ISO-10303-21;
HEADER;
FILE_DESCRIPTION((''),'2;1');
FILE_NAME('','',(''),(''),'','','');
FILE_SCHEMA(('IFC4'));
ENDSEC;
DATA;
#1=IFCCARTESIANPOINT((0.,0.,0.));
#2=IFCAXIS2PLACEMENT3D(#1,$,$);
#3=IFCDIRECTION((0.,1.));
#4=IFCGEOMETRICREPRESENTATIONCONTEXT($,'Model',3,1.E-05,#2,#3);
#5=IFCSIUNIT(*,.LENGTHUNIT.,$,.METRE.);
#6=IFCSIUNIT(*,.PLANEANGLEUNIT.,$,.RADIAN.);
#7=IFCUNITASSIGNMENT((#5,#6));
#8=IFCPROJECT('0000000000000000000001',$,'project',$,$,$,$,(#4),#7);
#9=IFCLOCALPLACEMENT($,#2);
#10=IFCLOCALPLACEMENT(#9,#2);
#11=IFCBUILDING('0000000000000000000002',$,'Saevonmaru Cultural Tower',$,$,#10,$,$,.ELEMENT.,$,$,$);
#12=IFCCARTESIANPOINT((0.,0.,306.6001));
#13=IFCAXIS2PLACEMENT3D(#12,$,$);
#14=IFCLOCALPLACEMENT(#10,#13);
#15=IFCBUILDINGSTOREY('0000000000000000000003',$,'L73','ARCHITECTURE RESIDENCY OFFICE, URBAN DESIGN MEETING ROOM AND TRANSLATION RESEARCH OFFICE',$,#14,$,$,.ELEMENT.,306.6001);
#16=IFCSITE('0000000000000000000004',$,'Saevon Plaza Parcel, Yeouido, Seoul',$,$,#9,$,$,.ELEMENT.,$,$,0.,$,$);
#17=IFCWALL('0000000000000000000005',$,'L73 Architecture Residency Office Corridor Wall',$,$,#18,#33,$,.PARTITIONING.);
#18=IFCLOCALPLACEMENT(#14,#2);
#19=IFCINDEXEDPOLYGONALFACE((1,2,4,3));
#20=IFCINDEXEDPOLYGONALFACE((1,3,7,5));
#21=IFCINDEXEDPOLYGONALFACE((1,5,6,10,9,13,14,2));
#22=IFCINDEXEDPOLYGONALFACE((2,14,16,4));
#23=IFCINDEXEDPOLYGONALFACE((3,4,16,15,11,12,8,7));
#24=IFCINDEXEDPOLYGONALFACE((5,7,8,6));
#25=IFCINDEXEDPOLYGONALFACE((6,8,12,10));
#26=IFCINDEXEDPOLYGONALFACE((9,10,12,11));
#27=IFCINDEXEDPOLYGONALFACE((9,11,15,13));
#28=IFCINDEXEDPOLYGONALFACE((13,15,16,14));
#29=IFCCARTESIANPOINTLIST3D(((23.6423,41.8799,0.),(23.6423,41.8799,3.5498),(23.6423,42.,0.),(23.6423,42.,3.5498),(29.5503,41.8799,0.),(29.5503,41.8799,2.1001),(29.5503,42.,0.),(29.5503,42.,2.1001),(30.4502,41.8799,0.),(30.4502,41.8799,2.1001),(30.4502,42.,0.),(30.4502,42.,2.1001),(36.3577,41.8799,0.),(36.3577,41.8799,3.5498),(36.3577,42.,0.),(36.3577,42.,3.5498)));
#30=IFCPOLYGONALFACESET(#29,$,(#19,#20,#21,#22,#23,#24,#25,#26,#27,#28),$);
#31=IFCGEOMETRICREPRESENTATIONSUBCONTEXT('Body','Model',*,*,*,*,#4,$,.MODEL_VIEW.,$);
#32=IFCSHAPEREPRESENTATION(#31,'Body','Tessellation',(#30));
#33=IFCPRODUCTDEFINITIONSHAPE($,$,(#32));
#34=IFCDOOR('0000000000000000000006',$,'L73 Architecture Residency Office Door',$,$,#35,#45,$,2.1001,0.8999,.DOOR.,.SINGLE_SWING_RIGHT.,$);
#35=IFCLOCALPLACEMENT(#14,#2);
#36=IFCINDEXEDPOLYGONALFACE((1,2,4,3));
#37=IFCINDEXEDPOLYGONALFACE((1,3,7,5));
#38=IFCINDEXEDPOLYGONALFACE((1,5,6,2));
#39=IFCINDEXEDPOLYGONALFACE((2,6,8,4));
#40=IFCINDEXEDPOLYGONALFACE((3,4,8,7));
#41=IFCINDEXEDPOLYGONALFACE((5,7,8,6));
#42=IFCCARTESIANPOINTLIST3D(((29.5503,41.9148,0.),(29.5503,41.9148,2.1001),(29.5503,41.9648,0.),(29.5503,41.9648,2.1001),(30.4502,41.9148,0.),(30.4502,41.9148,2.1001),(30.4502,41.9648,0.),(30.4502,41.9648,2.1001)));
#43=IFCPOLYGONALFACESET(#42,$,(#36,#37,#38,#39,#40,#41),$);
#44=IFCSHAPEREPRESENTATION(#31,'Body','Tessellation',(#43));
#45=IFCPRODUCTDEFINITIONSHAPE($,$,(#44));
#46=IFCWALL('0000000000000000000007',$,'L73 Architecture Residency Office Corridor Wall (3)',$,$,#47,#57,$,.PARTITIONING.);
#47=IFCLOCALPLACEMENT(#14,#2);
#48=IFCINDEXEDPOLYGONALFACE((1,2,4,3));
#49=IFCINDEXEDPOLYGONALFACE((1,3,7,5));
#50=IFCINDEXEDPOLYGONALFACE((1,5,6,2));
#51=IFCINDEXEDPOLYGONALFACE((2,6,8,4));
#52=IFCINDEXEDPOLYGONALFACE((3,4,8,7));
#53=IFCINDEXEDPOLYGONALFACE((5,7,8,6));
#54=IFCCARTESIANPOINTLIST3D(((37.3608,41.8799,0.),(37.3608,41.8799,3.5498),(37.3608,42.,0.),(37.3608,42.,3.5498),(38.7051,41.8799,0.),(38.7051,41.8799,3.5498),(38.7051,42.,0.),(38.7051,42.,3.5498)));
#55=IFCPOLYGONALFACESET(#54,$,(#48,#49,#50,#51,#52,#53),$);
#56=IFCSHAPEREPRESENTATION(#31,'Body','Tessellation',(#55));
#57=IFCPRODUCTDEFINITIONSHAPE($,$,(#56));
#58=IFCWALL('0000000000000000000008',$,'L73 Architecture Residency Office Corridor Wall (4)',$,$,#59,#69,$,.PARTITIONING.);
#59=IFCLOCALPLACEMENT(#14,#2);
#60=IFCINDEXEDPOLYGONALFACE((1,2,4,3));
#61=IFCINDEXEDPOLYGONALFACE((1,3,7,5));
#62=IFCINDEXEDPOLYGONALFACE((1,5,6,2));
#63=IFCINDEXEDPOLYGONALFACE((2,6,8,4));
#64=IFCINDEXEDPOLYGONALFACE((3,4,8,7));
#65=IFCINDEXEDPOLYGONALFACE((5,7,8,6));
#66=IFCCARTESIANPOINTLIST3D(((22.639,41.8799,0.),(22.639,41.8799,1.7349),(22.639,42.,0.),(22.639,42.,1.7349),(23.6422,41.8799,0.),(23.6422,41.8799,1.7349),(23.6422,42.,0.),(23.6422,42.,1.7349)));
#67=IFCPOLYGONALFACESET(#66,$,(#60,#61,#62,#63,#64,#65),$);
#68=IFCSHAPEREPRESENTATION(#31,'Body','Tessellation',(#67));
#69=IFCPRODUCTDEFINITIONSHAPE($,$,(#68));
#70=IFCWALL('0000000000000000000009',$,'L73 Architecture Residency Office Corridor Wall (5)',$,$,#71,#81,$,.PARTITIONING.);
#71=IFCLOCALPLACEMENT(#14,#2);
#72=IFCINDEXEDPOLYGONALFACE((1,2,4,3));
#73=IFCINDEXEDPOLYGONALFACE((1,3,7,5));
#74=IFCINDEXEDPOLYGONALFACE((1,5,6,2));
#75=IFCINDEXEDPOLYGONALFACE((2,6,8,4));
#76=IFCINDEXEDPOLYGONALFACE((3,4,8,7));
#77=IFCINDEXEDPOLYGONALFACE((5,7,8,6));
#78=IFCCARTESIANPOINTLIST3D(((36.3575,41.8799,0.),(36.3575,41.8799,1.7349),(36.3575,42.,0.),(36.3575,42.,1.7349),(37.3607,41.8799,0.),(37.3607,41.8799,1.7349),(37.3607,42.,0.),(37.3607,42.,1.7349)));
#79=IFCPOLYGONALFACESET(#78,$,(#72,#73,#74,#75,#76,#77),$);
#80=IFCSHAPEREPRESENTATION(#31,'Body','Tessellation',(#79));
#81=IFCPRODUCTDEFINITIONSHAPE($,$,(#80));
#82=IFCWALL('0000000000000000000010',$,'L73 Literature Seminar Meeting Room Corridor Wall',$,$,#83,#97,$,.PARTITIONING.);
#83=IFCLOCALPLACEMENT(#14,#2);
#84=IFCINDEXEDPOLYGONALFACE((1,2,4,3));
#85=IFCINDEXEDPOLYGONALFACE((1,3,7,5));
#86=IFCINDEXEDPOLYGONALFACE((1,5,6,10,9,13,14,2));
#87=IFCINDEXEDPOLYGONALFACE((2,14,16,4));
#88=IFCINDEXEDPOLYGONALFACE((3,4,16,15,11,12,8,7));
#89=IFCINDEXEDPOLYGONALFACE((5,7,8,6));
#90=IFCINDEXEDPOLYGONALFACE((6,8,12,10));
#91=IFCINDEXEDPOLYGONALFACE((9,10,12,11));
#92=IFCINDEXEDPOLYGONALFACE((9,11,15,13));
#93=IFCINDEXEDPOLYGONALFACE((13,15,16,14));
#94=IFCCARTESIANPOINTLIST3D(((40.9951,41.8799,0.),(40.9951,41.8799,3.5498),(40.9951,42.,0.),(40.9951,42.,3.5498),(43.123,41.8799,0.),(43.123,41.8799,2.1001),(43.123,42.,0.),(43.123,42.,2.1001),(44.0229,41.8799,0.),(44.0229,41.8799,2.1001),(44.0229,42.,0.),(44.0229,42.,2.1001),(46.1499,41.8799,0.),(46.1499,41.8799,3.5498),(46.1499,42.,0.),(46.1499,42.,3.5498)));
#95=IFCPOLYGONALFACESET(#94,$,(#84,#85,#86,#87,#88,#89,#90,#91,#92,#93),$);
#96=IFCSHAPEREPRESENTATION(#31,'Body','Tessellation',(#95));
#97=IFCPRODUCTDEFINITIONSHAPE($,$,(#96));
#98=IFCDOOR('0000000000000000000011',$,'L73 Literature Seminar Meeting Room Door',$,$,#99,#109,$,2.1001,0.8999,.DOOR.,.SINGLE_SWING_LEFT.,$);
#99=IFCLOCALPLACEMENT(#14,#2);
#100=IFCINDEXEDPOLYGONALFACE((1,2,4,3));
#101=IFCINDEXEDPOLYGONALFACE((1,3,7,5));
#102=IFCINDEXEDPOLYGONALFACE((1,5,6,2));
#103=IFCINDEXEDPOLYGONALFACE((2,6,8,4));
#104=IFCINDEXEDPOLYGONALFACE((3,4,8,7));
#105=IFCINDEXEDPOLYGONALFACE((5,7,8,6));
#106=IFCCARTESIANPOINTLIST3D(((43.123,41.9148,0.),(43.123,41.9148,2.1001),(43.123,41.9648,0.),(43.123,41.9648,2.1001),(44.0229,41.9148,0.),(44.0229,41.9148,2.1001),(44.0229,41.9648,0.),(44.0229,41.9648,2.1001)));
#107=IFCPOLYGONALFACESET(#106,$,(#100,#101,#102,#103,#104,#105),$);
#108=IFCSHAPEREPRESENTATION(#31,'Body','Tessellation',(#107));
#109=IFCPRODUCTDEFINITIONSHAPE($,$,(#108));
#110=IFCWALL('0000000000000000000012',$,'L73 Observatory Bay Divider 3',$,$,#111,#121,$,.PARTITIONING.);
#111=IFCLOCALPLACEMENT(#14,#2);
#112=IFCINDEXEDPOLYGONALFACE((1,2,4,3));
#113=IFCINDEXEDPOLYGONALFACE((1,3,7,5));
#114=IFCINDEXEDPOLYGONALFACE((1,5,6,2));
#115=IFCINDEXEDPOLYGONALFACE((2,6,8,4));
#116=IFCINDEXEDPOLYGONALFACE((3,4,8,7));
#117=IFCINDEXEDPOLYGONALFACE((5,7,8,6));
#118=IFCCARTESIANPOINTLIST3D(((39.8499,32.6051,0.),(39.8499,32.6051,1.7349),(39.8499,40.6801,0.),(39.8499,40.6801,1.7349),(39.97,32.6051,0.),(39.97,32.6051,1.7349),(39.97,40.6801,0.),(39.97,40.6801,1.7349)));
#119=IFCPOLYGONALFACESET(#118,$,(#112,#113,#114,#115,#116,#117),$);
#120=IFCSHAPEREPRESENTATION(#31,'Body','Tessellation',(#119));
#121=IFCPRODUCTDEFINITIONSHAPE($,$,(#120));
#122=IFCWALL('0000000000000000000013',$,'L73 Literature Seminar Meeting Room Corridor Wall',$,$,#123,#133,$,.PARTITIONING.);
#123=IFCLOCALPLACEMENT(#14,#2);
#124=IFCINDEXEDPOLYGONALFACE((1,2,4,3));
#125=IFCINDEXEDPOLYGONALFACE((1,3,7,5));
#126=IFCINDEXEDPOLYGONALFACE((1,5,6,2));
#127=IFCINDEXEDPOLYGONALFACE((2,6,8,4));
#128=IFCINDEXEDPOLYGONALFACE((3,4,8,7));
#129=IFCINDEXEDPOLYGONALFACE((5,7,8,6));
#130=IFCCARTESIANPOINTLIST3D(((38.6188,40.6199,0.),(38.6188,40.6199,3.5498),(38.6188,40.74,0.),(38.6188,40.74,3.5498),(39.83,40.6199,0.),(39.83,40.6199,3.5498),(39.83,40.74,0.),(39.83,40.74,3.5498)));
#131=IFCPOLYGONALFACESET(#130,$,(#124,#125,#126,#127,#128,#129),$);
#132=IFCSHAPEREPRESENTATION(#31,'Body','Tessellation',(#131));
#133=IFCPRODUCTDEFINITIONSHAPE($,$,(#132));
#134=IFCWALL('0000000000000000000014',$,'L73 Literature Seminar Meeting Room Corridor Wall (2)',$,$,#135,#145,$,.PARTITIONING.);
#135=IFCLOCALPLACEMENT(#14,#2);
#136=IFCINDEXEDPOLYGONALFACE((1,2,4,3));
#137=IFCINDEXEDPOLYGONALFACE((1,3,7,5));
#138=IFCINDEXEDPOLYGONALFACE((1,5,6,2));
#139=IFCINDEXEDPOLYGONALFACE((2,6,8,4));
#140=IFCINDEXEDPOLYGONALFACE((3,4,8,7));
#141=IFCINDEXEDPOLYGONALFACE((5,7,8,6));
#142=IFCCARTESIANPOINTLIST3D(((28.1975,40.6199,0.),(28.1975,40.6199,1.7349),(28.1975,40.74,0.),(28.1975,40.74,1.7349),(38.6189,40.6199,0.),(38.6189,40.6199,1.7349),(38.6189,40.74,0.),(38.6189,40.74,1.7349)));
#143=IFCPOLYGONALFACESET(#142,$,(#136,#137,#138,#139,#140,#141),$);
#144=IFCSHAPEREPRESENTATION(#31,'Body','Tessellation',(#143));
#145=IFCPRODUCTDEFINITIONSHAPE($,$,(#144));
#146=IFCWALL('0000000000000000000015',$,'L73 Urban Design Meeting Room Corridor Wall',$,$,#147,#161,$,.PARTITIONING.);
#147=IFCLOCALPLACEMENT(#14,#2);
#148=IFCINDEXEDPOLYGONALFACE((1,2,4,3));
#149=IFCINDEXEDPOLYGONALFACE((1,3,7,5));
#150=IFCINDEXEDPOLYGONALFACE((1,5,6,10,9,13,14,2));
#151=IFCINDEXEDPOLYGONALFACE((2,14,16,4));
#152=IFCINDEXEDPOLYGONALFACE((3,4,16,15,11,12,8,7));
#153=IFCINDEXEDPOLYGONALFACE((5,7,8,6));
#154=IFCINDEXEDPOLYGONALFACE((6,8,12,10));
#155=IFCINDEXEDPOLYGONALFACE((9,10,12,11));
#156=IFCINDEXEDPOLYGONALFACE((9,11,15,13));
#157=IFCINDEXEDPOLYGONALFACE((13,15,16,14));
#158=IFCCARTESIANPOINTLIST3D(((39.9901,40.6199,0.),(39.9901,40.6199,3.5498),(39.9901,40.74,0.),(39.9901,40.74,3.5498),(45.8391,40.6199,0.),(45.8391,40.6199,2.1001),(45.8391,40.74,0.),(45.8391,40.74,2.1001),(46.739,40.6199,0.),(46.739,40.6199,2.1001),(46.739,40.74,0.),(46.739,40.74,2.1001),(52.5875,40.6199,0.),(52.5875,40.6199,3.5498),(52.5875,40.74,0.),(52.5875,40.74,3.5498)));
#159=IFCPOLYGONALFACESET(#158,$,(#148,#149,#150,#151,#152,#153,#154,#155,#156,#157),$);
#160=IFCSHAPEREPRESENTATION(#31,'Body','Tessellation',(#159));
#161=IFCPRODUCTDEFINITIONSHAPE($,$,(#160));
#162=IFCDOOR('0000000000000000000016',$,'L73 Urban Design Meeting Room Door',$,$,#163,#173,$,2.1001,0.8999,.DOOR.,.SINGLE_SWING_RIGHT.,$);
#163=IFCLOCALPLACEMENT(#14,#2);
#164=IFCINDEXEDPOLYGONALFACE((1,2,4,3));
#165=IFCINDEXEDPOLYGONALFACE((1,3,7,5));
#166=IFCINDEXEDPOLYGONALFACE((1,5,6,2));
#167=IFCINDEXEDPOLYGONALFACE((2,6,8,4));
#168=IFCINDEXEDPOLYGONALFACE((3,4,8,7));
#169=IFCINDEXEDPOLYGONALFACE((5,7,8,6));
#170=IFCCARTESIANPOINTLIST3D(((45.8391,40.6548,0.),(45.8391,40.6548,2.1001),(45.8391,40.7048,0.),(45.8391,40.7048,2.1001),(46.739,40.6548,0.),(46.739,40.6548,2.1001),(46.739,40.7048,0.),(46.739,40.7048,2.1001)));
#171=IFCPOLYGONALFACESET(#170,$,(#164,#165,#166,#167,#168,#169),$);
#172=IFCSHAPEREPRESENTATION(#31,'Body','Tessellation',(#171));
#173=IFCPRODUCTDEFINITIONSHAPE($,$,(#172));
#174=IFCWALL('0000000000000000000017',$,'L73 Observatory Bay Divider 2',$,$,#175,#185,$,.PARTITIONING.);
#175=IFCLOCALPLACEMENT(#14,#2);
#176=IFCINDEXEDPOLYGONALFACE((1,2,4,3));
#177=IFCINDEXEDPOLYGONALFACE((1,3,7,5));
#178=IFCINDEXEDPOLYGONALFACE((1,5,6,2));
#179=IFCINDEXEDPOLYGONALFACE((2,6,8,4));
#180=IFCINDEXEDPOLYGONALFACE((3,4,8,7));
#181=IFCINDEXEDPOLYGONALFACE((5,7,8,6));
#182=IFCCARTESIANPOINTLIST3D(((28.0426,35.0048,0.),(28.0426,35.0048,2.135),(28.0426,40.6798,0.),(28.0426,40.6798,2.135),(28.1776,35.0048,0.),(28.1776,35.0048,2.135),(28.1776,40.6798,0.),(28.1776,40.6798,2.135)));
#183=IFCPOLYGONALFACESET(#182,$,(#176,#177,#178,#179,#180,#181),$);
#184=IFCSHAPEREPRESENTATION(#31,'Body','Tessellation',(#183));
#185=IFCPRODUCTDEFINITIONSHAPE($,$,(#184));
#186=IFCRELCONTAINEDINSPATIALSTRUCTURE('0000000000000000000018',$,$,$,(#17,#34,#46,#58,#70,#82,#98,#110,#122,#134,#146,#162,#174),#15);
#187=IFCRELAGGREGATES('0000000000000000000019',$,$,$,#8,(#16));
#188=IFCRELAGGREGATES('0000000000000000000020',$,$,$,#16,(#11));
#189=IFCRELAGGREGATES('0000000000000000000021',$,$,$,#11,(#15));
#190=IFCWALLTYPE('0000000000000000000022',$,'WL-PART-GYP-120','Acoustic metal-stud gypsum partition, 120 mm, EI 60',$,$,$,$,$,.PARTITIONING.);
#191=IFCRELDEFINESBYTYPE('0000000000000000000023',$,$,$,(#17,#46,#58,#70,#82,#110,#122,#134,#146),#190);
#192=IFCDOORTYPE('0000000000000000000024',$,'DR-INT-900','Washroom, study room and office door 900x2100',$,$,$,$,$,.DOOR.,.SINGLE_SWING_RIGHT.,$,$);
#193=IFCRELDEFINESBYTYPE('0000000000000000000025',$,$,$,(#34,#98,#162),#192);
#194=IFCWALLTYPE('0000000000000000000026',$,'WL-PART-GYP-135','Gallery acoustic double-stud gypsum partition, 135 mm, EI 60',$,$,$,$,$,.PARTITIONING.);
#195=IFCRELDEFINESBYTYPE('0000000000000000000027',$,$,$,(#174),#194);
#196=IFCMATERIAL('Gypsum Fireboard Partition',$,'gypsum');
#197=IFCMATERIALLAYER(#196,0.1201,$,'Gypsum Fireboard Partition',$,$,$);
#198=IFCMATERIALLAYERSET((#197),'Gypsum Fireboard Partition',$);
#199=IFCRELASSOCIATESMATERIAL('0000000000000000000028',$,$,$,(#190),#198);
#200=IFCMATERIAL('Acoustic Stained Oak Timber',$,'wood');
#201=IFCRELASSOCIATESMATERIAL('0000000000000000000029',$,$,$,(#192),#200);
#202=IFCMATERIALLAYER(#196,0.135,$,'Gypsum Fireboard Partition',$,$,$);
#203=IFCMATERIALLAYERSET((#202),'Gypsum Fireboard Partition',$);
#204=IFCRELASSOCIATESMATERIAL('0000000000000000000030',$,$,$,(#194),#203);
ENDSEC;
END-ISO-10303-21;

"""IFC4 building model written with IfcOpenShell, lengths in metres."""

from ifc_helpers import new_model, si_unit, direction, frame, frame_2d, origin, place, context, subcontext, project, spatial, rectangle, extrude, material, layer, layer_set, type_object, element, fill, save


model = new_model("IFC4")

# Units and contexts
model_context = context("Model", 3, precision=1e-05, world=origin(), true_north=direction((0.0, 1.0)))
body_context = subcontext(model_context, "Body", "Model", "MODEL_VIEW")
ifc_project = project(units=[si_unit("LENGTHUNIT", "METRE"), si_unit("PLANEANGLEUNIT", "RADIAN")], contexts=[model_context])

# Site, building, storey
site_placement = place(None, origin())
site = spatial("IfcSite", under=ifc_project, at=site_placement, Name="Saevon Plaza Parcel, Yeouido, Seoul", CompositionType="ELEMENT", RefElevation=0.0)
building_placement = place(site_placement, origin())
building = spatial("IfcBuilding", under=site, at=building_placement, Name="Saevonmaru Cultural Tower", CompositionType="ELEMENT")
storey_placement = place(building_placement, frame((0.0, 0.0, 306.6001)))
storey = spatial("IfcBuildingStorey", under=building, at=storey_placement, Name="L73", Description="ARCHITECTURE RESIDENCY OFFICE, URBAN DESIGN MEETING ROOM AND TRANSLATION RESEARCH OFFICE", CompositionType="ELEMENT", Elevation=306.6001)

# Shared definitions
ifc_material_1 = material(Name="Gypsum Fireboard Partition", Category="gypsum")

# Wall, opening, door
ifc_layer_1 = layer(ifc_material_1, 0.1201, Name="Gypsum Fireboard Partition")
ifc_layer_set_1 = layer_set([ifc_layer_1], Name="Gypsum Fireboard Partition")
wall_type_1 = type_object("IfcWallType", Name="WL-PART-GYP-120", Description="Acoustic metal-stud gypsum partition, 120 mm, EI 60", PredefinedType="PARTITIONING", material=ifc_layer_set_1)
wall_1_placement = place(storey_placement, frame((23.6423, 41.9399, 0.0), z_axis=(0.0, 0.0, 1.0), x_axis=(1.0, 0.0, 0.0)))
wall_1 = element("IfcWall", 1, at=wall_1_placement, inside=storey, type_object=wall_type_1, Name="L73 Architecture Residency Office Corridor Wall", PredefinedType="PARTITIONING", context=body_context, shape_type="SweptSolid", body=[
    extrude(rectangle(XDim=12.7153, YDim=0.1201, at=frame_2d((6.3577, 0.0))), origin(), (0.0, 0.0, 1.0), 3.5498),
])
opening_1_placement = place(wall_1_placement, frame((5.908, 0.0, 0.0)))
opening_1 = element("IfcOpeningElement", 2, at=opening_1_placement, cuts=wall_1, PredefinedType="OPENING", context=body_context, shape_type="SweptSolid", body=[
    extrude(rectangle(XDim=0.8999, YDim=2.1001, at=frame_2d((0.45, 1.05))), frame((0.0, 0.0701, 0.0), z_axis=(0.0, -1.0, 0.0), x_axis=(1.0, 0.0, 0.0)), (0.0, 0.0, 1.0), 0.1401),
])
ifc_material_2 = material(Name="Acoustic Stained Oak Timber", Category="wood")
door_type = type_object("IfcDoorType", Name="DR-INT-900", Description="Washroom, study room and office door 900x2100", OperationType="SINGLE_SWING_RIGHT", PredefinedType="DOOR", material=ifc_material_2)
door_1_placement = place(opening_1_placement, origin())
door_1 = element("IfcDoor", 3, at=door_1_placement, inside=storey, type_object=door_type, Name="L73 Architecture Residency Office Door", OperationType="SINGLE_SWING_RIGHT", OverallHeight=2.1001, OverallWidth=0.8999, PredefinedType="DOOR", context=body_context, shape_type="SweptSolid", body=[
    extrude(rectangle(XDim=0.8999, YDim=2.1001, at=frame_2d((0.45, 1.05))), frame((0.0, 0.0249, 0.0), z_axis=(0.0, -1.0, 0.0), x_axis=(1.0, 0.0, 0.0)), (0.0, 0.0, 1.0), 0.05),
])
fill(opening_1, door_1)

# Walls
wall_2_placement = place(storey_placement, frame((37.3608, 41.9399, 0.0), z_axis=(0.0, 0.0, 1.0), x_axis=(1.0, 0.0, 0.0)))
element("IfcWall", 4, at=wall_2_placement, inside=storey, type_object=wall_type_1, Name="L73 Architecture Residency Office Corridor Wall (3)", PredefinedType="PARTITIONING", context=body_context, shape_type="SweptSolid", body=[
    extrude(rectangle(XDim=1.3442, YDim=0.1201, at=frame_2d((0.6721, 0.0))), origin(), (0.0, 0.0, 1.0), 3.5498),
])
for number, where, z_axis, x_axis, name in (
    (5, (22.6392, 41.9399, 0.0), (0.0, 0.0, 1.0), (1.0, 0.0, 0.0), "L73 Architecture Residency Office Corridor Wall (4)"),
    (6, (36.3577, 41.9399, 0.0), (0.0, 0.0, 1.0), (1.0, 0.0, 0.0), "L73 Architecture Residency Office Corridor Wall (5)"),
):
    element("IfcWall", number, at=place(storey_placement, frame(where, z_axis=z_axis, x_axis=x_axis)), inside=storey, type_object=wall_type_1, Name=name, PredefinedType="PARTITIONING", context=body_context, shape_type="SweptSolid", body=[
        extrude(rectangle(XDim=1.0032, YDim=0.1201, at=frame_2d((0.5015, 0.0))), origin(), (0.0, 0.0, 1.0), 1.7349),
    ])

# Wall, opening, door
wall_3_placement = place(storey_placement, frame((40.9951, 41.9399, 0.0), z_axis=(0.0, 0.0, 1.0), x_axis=(1.0, 0.0, 0.0)))
wall_3 = element("IfcWall", 7, at=wall_3_placement, inside=storey, type_object=wall_type_1, Name="L73 Literature Seminar Meeting Room Corridor Wall", PredefinedType="PARTITIONING", context=body_context, shape_type="SweptSolid", body=[
    extrude(rectangle(XDim=5.1548, YDim=0.1201, at=frame_2d((2.5774, 0.0))), origin(), (0.0, 0.0, 1.0), 3.5498),
])
opening_2_placement = place(wall_3_placement, frame((2.1279, 0.0, 0.0)))
opening_2 = element("IfcOpeningElement", 8, at=opening_2_placement, cuts=wall_3, PredefinedType="OPENING", context=body_context, shape_type="SweptSolid", body=[
    extrude(rectangle(XDim=0.8999, YDim=2.1001, at=frame_2d((0.45, 1.05))), frame((0.0, 0.0701, 0.0), z_axis=(0.0, -1.0, 0.0), x_axis=(1.0, 0.0, 0.0)), (0.0, 0.0, 1.0), 0.1401),
])
door_2_placement = place(opening_2_placement, origin())
door_2 = element("IfcDoor", 9, at=door_2_placement, inside=storey, type_object=door_type, Name="L73 Literature Seminar Meeting Room Door", OperationType="SINGLE_SWING_LEFT", OverallHeight=2.1001, OverallWidth=0.8999, PredefinedType="DOOR", context=body_context, shape_type="SweptSolid", body=[
    extrude(rectangle(XDim=0.8999, YDim=2.1001, at=frame_2d((0.45, 1.05))), frame((0.0, 0.0249, 0.0), z_axis=(0.0, -1.0, 0.0), x_axis=(1.0, 0.0, 0.0)), (0.0, 0.0, 1.0), 0.05),
])
fill(opening_2, door_2)

# Walls
wall_4_placement = place(storey_placement, frame((39.9099, 32.605, 0.0), z_axis=(0.0, 0.0, 1.0), x_axis=(0.0, 1.0, 0.0)))
element("IfcWall", 10, at=wall_4_placement, inside=storey, type_object=wall_type_1, Name="L73 Observatory Bay Divider 3", PredefinedType="PARTITIONING", context=body_context, shape_type="SweptSolid", body=[
    extrude(rectangle(XDim=8.075, YDim=0.1201, at=frame_2d((4.0376, 0.0))), origin(), (0.0, 0.0, 1.0), 1.7349),
])
wall_5_placement = place(storey_placement, frame((38.6189, 40.6799, 0.0), z_axis=(0.0, 0.0, 1.0), x_axis=(1.0, 0.0, 0.0)))
element("IfcWall", 11, at=wall_5_placement, inside=storey, type_object=wall_type_1, Name="L73 Literature Seminar Meeting Room Corridor Wall", PredefinedType="PARTITIONING", context=body_context, shape_type="SweptSolid", body=[
    extrude(rectangle(XDim=1.2112, YDim=0.1201, at=frame_2d((0.6055, 0.0))), origin(), (0.0, 0.0, 1.0), 3.5498),
])
wall_6_placement = place(storey_placement, frame((28.1975, 40.6799, 0.0), z_axis=(0.0, 0.0, 1.0), x_axis=(1.0, 0.0, 0.0)))
element("IfcWall", 12, at=wall_6_placement, inside=storey, type_object=wall_type_1, Name="L73 Literature Seminar Meeting Room Corridor Wall (2)", PredefinedType="PARTITIONING", context=body_context, shape_type="SweptSolid", body=[
    extrude(rectangle(XDim=10.4214, YDim=0.1201, at=frame_2d((5.2107, 0.0))), origin(), (0.0, 0.0, 1.0), 1.7349),
])

# Wall, opening, door
wall_7_placement = place(storey_placement, frame((39.99, 40.6799, 0.0), z_axis=(0.0, 0.0, 1.0), x_axis=(1.0, 0.0, 0.0)))
wall_7 = element("IfcWall", 13, at=wall_7_placement, inside=storey, type_object=wall_type_1, Name="L73 Urban Design Meeting Room Corridor Wall", PredefinedType="PARTITIONING", context=body_context, shape_type="SweptSolid", body=[
    extrude(rectangle(XDim=12.5974, YDim=0.1201, at=frame_2d((6.2988, 0.0))), origin(), (0.0, 0.0, 1.0), 3.5498),
])
opening_3_placement = place(wall_7_placement, frame((5.8491, 0.0, 0.0)))
opening_3 = element("IfcOpeningElement", 14, at=opening_3_placement, cuts=wall_7, PredefinedType="OPENING", context=body_context, shape_type="SweptSolid", body=[
    extrude(rectangle(XDim=0.8999, YDim=2.1001, at=frame_2d((0.45, 1.05))), frame((0.0, 0.0701, 0.0), z_axis=(0.0, -1.0, 0.0), x_axis=(1.0, 0.0, 0.0)), (0.0, 0.0, 1.0), 0.1401),
])
door_3_placement = place(opening_3_placement, origin())
door_3 = element("IfcDoor", 15, at=door_3_placement, inside=storey, type_object=door_type, Name="L73 Urban Design Meeting Room Door", OperationType="SINGLE_SWING_RIGHT", OverallHeight=2.1001, OverallWidth=0.8999, PredefinedType="DOOR", context=body_context, shape_type="SweptSolid", body=[
    extrude(rectangle(XDim=0.8999, YDim=2.1001, at=frame_2d((0.45, 1.05))), frame((0.0, 0.0249, 0.0), z_axis=(0.0, -1.0, 0.0), x_axis=(1.0, 0.0, 0.0)), (0.0, 0.0, 1.0), 0.05),
])
fill(opening_3, door_3)

# Wall
ifc_layer_2 = layer(ifc_material_1, 0.135, Name="Gypsum Fireboard Partition")
ifc_layer_set_2 = layer_set([ifc_layer_2], Name="Gypsum Fireboard Partition")
wall_type_2 = type_object("IfcWallType", Name="WL-PART-GYP-135", Description="Gallery acoustic double-stud gypsum partition, 135 mm, EI 60", PredefinedType="PARTITIONING", material=ifc_layer_set_2)
wall_8_placement = place(storey_placement, frame((28.1101, 35.0049, 0.0), z_axis=(0.0, 0.0, 1.0), x_axis=(0.0, 1.0, 0.0)))
element("IfcWall", 16, at=wall_8_placement, inside=storey, type_object=wall_type_2, Name="L73 Observatory Bay Divider 2", PredefinedType="PARTITIONING", context=body_context, shape_type="SweptSolid", body=[
    extrude(rectangle(XDim=5.675, YDim=0.135, at=frame_2d((2.8374, 0.0))), origin(), (0.0, 0.0, 1.0), 2.135),
])

save(model, "model.ifc")
